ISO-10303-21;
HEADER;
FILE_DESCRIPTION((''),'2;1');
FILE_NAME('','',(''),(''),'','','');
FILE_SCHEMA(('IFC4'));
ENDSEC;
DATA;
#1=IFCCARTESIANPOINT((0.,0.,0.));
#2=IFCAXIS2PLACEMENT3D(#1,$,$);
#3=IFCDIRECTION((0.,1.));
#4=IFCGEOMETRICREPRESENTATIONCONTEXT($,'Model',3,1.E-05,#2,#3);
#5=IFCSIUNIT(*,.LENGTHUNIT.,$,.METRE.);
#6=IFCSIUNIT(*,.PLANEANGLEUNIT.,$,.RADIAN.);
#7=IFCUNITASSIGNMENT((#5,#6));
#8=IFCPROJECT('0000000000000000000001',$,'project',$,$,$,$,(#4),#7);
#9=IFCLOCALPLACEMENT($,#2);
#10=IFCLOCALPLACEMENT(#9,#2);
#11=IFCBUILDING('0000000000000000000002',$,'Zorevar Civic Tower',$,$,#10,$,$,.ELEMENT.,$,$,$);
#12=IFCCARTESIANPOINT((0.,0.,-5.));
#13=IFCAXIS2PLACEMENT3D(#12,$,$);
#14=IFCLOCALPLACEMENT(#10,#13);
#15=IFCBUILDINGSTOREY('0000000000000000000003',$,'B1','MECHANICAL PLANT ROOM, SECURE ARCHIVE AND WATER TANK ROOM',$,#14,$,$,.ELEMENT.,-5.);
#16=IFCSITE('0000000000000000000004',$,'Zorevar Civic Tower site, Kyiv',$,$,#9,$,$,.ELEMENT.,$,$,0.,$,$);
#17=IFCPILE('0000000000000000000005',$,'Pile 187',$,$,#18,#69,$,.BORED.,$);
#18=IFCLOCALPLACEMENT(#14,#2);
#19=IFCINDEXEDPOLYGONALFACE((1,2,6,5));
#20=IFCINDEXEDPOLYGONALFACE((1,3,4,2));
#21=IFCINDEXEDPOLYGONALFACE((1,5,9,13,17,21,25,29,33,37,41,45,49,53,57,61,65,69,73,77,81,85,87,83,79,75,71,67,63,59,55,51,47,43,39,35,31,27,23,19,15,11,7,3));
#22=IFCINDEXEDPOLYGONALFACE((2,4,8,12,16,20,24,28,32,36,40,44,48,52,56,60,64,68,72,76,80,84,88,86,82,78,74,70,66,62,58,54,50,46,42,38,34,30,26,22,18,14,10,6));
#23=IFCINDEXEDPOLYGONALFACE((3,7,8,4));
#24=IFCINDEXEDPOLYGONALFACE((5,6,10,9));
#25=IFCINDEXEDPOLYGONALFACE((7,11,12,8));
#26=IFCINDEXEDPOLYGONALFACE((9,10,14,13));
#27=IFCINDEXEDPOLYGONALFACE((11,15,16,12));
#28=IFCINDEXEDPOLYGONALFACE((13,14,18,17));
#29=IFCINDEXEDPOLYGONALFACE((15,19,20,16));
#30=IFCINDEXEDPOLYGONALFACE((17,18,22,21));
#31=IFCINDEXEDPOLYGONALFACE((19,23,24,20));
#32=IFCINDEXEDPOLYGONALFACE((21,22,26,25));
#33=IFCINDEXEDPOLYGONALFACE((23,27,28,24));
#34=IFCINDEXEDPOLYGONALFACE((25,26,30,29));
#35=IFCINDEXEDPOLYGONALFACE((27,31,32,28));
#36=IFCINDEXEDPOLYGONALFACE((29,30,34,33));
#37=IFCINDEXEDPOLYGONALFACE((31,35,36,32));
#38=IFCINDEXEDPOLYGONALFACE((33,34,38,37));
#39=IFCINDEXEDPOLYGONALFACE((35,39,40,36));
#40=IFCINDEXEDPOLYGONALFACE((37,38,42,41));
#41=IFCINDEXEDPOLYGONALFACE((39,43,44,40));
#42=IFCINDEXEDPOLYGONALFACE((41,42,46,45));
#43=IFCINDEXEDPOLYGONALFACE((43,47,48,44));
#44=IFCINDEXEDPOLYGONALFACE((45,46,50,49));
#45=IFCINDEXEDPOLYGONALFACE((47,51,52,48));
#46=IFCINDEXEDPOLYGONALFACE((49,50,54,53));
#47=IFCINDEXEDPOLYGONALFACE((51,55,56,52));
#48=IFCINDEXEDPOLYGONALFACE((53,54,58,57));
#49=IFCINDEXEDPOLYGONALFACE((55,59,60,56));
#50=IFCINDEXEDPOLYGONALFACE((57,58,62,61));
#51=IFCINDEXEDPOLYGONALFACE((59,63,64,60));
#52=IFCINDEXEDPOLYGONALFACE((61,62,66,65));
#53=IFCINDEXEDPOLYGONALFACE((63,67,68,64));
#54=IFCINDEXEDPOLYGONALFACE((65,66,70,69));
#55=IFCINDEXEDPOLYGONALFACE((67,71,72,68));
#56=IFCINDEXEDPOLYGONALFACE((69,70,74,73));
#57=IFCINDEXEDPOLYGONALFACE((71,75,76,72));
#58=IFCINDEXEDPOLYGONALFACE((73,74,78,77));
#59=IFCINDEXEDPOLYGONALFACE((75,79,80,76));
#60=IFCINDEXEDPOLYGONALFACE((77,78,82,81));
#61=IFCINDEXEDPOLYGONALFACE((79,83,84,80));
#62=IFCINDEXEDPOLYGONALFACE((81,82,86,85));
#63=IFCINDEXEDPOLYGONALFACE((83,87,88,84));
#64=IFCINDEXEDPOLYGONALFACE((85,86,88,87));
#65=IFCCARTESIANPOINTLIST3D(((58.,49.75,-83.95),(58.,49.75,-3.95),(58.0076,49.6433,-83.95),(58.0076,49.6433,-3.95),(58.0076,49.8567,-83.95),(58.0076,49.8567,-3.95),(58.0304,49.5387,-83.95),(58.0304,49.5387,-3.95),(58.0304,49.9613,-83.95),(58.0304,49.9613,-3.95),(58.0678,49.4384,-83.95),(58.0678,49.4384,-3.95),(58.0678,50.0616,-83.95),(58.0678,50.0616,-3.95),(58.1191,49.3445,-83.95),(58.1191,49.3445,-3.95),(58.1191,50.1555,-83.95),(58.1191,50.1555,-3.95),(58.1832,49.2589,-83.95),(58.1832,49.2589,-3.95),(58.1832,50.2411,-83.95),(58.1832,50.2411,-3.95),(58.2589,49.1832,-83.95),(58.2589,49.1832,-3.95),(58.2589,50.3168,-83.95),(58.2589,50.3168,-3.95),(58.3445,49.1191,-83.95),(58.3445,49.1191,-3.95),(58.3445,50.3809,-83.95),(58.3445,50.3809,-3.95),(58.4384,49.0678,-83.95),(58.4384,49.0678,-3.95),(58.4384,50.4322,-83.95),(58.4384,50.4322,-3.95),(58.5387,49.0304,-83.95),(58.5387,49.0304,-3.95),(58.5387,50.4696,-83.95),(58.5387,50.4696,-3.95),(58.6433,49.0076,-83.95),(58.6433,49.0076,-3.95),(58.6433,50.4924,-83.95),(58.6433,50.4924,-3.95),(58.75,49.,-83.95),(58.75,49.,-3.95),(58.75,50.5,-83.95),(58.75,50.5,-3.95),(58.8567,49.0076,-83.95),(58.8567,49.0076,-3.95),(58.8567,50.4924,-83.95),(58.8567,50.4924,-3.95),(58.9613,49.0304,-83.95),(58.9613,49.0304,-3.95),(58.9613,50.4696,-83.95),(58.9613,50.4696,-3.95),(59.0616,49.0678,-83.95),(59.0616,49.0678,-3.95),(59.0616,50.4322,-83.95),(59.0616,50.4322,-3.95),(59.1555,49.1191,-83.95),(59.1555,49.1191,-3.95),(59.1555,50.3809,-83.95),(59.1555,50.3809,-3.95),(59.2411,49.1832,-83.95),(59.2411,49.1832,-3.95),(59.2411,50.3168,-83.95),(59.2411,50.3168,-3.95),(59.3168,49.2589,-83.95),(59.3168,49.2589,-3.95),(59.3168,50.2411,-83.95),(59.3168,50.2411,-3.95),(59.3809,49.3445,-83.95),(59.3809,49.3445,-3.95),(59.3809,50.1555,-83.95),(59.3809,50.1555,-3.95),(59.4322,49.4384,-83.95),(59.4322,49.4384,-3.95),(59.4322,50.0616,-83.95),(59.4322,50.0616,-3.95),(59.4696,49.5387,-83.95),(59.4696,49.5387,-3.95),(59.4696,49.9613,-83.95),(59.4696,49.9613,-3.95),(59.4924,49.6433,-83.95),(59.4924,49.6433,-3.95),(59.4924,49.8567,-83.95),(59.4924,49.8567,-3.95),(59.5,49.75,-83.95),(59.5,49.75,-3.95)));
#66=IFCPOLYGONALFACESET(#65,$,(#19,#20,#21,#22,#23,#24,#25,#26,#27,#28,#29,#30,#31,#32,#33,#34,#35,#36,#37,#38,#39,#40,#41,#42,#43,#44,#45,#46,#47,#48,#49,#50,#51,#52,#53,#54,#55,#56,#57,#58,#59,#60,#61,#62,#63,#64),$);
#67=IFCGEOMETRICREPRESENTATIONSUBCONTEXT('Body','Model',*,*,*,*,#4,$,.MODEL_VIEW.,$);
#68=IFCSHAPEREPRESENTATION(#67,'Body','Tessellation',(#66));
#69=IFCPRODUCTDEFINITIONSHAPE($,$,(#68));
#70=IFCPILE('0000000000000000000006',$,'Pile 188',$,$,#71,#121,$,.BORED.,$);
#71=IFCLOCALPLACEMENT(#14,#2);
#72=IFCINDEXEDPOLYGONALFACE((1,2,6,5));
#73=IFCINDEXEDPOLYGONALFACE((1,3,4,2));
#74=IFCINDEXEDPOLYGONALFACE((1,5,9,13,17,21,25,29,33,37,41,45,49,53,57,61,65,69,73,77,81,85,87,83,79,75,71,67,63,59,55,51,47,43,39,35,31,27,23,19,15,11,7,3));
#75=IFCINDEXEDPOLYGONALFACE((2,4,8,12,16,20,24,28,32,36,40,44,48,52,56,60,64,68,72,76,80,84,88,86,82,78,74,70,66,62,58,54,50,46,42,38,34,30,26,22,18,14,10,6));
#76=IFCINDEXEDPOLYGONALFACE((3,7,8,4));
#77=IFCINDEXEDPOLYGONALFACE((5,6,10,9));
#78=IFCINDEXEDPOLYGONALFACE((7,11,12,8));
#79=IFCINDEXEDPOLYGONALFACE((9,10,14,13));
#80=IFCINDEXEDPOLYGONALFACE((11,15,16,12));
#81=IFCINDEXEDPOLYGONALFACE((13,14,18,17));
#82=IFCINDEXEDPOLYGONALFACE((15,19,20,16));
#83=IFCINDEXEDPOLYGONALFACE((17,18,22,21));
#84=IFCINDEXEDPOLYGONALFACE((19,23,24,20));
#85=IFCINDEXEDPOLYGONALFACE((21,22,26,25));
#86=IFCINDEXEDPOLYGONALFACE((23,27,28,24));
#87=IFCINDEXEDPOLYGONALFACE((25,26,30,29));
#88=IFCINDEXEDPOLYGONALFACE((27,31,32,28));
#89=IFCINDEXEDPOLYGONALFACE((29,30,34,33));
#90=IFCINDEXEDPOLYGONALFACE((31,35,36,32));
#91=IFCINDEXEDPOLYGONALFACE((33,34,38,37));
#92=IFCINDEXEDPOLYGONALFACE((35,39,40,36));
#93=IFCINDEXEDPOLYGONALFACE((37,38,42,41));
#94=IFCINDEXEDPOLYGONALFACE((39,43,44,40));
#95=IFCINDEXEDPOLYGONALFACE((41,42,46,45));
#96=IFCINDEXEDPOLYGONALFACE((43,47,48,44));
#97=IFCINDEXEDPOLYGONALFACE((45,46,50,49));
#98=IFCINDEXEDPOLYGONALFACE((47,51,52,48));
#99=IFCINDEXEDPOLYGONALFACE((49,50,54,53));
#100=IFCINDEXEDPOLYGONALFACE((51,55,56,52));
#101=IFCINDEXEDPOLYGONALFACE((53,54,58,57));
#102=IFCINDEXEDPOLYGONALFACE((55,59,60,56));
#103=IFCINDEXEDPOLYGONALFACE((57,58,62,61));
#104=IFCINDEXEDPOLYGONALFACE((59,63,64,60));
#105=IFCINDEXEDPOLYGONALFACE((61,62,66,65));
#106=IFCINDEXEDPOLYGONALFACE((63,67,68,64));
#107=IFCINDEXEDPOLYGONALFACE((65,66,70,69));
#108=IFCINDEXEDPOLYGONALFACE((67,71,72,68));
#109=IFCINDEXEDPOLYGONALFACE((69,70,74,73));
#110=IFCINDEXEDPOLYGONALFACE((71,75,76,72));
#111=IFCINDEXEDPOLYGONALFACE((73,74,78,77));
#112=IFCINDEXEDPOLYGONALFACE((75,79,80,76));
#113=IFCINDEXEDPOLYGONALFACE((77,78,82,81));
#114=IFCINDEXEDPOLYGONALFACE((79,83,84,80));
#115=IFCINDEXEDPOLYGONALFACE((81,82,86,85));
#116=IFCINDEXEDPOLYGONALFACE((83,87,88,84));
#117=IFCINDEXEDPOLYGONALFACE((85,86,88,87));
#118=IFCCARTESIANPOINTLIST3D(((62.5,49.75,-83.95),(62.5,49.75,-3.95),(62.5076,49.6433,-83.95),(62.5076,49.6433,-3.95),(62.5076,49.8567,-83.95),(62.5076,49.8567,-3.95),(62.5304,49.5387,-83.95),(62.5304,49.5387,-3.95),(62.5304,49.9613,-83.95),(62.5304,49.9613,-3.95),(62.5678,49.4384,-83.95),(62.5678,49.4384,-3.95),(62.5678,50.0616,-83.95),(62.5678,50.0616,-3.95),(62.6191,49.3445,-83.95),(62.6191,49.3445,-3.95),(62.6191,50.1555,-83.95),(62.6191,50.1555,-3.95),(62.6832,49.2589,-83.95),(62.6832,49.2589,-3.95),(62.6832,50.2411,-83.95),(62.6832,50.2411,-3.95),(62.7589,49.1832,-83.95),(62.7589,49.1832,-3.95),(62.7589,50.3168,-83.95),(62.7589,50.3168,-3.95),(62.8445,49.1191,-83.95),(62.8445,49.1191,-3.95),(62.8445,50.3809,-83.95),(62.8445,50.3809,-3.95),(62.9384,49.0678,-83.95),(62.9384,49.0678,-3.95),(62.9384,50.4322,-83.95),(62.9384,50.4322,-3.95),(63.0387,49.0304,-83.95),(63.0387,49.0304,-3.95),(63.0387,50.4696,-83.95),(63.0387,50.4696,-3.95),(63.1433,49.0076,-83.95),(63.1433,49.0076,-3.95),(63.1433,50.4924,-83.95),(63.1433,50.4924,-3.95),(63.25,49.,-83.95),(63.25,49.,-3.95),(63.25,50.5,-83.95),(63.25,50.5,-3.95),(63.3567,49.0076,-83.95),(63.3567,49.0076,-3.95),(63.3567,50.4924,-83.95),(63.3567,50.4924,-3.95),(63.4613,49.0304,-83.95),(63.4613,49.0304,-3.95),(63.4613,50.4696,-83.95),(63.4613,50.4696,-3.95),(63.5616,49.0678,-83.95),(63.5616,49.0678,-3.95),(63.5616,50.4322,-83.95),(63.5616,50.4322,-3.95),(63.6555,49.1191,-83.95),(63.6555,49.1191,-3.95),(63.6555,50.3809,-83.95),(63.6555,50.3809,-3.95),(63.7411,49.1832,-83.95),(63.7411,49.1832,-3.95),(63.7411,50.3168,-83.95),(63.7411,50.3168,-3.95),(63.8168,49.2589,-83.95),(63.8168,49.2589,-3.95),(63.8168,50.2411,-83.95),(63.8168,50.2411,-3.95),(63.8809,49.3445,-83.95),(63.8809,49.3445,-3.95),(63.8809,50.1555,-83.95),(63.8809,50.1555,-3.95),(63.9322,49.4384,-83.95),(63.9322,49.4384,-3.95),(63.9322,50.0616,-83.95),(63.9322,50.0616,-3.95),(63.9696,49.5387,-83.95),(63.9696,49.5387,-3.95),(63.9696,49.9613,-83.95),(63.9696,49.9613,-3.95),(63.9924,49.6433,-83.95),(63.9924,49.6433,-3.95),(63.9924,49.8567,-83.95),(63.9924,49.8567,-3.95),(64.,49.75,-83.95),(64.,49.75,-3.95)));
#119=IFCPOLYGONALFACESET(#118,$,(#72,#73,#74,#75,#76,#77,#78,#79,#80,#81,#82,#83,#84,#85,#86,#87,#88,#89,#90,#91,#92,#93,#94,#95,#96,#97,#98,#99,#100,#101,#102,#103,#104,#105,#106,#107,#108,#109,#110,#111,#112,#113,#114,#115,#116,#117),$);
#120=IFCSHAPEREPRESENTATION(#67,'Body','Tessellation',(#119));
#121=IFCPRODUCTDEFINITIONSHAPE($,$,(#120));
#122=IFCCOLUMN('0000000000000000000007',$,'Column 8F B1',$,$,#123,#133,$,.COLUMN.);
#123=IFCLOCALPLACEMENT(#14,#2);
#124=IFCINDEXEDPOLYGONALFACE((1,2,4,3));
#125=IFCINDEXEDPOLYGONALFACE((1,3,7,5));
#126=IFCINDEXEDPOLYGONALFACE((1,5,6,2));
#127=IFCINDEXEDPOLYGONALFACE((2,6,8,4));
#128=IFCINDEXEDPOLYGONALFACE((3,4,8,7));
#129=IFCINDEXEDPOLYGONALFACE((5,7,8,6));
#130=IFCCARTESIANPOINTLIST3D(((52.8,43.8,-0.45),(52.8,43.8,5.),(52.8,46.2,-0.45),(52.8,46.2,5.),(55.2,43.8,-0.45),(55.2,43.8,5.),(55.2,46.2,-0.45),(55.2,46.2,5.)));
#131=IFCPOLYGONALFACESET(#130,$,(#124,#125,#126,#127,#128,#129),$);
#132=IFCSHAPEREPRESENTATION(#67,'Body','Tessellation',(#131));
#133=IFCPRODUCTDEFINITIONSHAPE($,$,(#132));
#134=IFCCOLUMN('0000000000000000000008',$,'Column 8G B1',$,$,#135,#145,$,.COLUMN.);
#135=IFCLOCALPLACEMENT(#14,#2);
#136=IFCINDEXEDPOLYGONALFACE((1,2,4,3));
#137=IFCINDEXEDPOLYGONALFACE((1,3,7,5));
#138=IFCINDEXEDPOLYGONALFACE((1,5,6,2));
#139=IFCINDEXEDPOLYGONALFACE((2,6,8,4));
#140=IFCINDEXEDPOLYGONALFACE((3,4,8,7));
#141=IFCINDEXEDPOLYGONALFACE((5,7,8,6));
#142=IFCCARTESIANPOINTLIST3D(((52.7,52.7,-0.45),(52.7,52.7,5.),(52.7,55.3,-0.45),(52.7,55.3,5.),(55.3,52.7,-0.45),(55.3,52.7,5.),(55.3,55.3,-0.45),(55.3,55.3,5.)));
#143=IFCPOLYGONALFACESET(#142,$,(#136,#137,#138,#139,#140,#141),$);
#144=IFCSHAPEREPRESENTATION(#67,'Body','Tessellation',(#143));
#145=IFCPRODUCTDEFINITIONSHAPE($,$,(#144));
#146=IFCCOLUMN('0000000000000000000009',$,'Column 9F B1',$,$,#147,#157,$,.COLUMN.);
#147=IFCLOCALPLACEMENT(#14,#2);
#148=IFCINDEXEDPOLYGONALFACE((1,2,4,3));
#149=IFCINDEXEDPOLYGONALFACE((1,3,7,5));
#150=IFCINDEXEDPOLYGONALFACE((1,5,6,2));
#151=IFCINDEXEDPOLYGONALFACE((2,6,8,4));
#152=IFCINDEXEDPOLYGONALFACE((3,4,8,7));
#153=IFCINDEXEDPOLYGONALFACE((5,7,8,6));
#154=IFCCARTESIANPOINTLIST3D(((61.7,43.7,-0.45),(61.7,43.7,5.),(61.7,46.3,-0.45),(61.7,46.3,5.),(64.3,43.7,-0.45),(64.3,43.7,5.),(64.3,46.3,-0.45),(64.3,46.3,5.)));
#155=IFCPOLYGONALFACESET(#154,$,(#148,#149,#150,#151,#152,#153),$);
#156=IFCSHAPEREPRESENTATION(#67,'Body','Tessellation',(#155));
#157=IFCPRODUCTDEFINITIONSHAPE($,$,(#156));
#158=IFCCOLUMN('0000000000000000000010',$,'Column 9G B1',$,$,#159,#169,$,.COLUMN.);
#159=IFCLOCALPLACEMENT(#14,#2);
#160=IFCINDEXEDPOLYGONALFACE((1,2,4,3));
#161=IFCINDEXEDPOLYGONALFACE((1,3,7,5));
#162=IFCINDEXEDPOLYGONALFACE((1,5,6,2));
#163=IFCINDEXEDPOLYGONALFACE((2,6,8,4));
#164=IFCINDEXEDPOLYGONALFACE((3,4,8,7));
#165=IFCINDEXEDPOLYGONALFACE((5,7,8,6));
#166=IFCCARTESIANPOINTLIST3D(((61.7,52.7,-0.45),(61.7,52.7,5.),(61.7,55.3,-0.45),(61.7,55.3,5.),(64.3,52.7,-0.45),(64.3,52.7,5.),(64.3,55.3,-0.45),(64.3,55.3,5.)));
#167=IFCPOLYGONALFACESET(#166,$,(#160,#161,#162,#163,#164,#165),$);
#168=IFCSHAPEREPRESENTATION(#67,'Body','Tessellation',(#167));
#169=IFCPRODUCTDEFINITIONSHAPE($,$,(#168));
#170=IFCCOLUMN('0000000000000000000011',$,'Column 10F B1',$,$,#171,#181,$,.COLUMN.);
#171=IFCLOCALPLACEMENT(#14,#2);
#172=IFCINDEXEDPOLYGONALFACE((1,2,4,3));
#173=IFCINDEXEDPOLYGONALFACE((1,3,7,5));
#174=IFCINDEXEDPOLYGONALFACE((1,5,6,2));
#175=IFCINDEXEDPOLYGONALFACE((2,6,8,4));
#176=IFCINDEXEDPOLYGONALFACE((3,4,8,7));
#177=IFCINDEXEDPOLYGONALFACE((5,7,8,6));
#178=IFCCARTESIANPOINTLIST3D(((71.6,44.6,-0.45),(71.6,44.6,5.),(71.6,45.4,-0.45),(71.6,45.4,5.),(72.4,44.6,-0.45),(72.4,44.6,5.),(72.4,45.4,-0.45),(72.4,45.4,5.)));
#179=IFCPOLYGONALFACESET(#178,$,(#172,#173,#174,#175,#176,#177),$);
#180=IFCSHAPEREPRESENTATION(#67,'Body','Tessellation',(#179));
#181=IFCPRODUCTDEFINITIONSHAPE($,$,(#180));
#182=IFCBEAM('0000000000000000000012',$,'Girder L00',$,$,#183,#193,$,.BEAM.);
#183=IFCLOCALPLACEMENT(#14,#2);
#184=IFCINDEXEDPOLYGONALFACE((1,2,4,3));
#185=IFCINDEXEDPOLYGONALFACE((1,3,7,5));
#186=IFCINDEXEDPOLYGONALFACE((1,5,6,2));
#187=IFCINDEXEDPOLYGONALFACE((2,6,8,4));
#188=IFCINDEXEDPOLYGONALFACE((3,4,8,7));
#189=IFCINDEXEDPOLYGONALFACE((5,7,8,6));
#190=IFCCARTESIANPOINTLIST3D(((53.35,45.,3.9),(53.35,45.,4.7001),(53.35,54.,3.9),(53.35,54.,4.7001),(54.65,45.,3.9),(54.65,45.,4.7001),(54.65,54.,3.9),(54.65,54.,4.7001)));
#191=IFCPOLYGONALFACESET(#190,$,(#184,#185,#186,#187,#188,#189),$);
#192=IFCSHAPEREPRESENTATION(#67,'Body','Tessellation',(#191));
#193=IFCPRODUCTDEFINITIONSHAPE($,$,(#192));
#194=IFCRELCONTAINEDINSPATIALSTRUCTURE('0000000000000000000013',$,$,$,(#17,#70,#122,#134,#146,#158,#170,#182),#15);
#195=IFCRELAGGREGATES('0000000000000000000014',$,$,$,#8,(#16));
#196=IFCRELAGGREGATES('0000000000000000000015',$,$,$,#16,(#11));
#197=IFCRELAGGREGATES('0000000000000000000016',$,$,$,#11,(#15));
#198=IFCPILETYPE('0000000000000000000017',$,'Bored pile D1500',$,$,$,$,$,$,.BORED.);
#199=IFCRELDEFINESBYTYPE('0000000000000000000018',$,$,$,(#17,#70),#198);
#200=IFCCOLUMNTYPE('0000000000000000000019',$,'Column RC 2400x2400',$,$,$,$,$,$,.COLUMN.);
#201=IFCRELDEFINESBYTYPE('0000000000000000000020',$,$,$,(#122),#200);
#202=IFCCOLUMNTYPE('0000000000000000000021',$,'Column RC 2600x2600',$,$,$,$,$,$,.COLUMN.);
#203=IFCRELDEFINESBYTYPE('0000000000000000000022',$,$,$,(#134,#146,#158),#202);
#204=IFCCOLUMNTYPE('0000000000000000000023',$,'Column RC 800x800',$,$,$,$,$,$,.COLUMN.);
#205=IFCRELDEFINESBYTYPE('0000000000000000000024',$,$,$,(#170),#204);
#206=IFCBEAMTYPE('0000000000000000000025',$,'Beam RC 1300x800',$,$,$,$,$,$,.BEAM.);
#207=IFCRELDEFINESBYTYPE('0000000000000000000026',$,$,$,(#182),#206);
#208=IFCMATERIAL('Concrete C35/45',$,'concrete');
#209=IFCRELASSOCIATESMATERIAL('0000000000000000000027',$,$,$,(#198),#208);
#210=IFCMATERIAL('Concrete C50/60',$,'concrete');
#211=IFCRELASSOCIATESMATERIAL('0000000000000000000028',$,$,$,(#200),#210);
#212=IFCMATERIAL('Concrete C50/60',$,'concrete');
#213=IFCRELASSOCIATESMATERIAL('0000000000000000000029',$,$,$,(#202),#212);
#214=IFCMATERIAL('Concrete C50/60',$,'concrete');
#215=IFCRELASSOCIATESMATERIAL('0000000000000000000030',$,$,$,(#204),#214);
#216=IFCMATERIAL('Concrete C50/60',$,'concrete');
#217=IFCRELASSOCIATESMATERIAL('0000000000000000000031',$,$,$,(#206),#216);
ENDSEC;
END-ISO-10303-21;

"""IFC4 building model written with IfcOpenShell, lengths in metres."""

from ifc_helpers import new_model, si_unit, direction, frame, origin, origin_2d, place, context, subcontext, project, spatial, rectangle, circle, extrude, material, material_profile, profile_set, type_object, element, save


model = new_model("IFC4")

# Units and contexts
model_context = context("Model", 3, precision=1e-05, world=origin(), true_north=direction((0.0, 1.0)))
body_context = subcontext(model_context, "Body", "Model", "MODEL_VIEW")
ifc_project = project(units=[si_unit("LENGTHUNIT", "METRE"), si_unit("PLANEANGLEUNIT", "RADIAN")], contexts=[model_context])

# Site, building, storey
site_placement = place(None, origin())
site = spatial("IfcSite", under=ifc_project, at=site_placement, Name="Zorevar Civic Tower site, Kyiv", CompositionType="ELEMENT", RefElevation=0.0)
building_placement = place(site_placement, origin())
building = spatial("IfcBuilding", under=site, at=building_placement, Name="Zorevar Civic Tower", CompositionType="ELEMENT")
storey_placement = place(building_placement, frame((0.0, 0.0, -5.0)))
storey = spatial("IfcBuildingStorey", under=building, at=storey_placement, Name="B1", Description="MECHANICAL PLANT ROOM, SECURE ARCHIVE AND WATER TANK ROOM", CompositionType="ELEMENT", Elevation=-5.0)

# Piles
ifc_material_1 = material(Name="Concrete C35/45", Category="concrete")
pile_type_1 = type_object("IfcPileType", Name="Bored pile D1500", PredefinedType="BORED", material=ifc_material_1)
for number, where, z_axis, x_axis, name in (
    (1, (58.75, 49.75, -3.95), (0.0, 0.0, -1.0), (1.0, 0.0, 0.0), "Pile 187"),
    (2, (63.25, 49.75, -3.95), (0.0, 0.0, -1.0), (1.0, 0.0, 0.0), "Pile 188"),
):
    element("IfcPile", number, at=place(storey_placement, frame(where, z_axis=z_axis, x_axis=x_axis)), inside=storey, type_object=pile_type_1, Name=name, PredefinedType="BORED", context=body_context, shape_type="SweptSolid", body=[
        extrude(circle(Radius=0.75, at=origin_2d()), origin(), (0.0, 0.0, 1.0), 80.0),
    ])

# Columns
ifc_material_2 = material(Name="Concrete C50/60", Category="concrete")
ifc_material_profile_1 = material_profile(ifc_material_2, rectangle(XDim=2.3999, YDim=2.3999, at=origin_2d()), Name="RC 2400x2400")
ifc_profile_set_1 = profile_set([ifc_material_profile_1], Name="Concrete C50/60")
column_type_1 = type_object("IfcColumnType", Name="Column RC 2400x2400", PredefinedType="COLUMN", material=ifc_profile_set_1)
column_1_placement = place(storey_placement, frame((54.0, 45.0, -0.45), z_axis=(0.0, 0.0, 1.0), x_axis=(1.0, 0.0, 0.0)))
element("IfcColumn", 3, at=column_1_placement, inside=storey, type_object=column_type_1, Name="Column 8F B1", PredefinedType="COLUMN", context=body_context, shape_type="SweptSolid", body=[
    extrude(rectangle(XDim=2.3999, YDim=2.3999, at=origin_2d()), origin(), (0.0, 0.0, 1.0), 5.45),
])
ifc_material_3 = material(Name="Concrete C50/60", Category="concrete")
ifc_material_profile_2 = material_profile(ifc_material_3, rectangle(XDim=2.6001, YDim=2.6001, at=origin_2d()), Name="RC 2600x2600")
ifc_profile_set_2 = profile_set([ifc_material_profile_2], Name="Concrete C50/60")
column_type_2 = type_object("IfcColumnType", Name="Column RC 2600x2600", PredefinedType="COLUMN", material=ifc_profile_set_2)
for number, where, z_axis, x_axis, name in (
    (4, (54.0, 54.0, -0.45), (0.0, 0.0, 1.0), (1.0, 0.0, 0.0), "Column 8G B1"),
    (5, (63.0, 45.0, -0.45), (0.0, 0.0, 1.0), (1.0, 0.0, 0.0), "Column 9F B1"),
    (6, (63.0, 54.0, -0.45), (0.0, 0.0, 1.0), (1.0, 0.0, 0.0), "Column 9G B1"),
):
    element("IfcColumn", number, at=place(storey_placement, frame(where, z_axis=z_axis, x_axis=x_axis)), inside=storey, type_object=column_type_2, Name=name, PredefinedType="COLUMN", context=body_context, shape_type="SweptSolid", body=[
        extrude(rectangle(XDim=2.6001, YDim=2.6001, at=origin_2d()), origin(), (0.0, 0.0, 1.0), 5.45),
    ])
ifc_material_4 = material(Name="Concrete C50/60", Category="concrete")
ifc_material_profile_3 = material_profile(ifc_material_4, rectangle(XDim=0.8, YDim=0.8, at=origin_2d()), Name="RC 800x800")
ifc_profile_set_3 = profile_set([ifc_material_profile_3], Name="Concrete C50/60")
column_type_3 = type_object("IfcColumnType", Name="Column RC 800x800", PredefinedType="COLUMN", material=ifc_profile_set_3)
column_2_placement = place(storey_placement, frame((72.0, 45.0, -0.45), z_axis=(0.0, 0.0, 1.0), x_axis=(1.0, 0.0, 0.0)))
element("IfcColumn", 7, at=column_2_placement, inside=storey, type_object=column_type_3, Name="Column 10F B1", PredefinedType="COLUMN", context=body_context, shape_type="SweptSolid", body=[
    extrude(rectangle(XDim=0.8, YDim=0.8, at=origin_2d()), origin(), (0.0, 0.0, 1.0), 5.45),
])

# Beam
ifc_material_5 = material(Name="Concrete C50/60", Category="concrete")
ifc_material_profile_4 = material_profile(ifc_material_5, rectangle(XDim=1.3, YDim=0.8, at=origin_2d()), Name="RC 1300x800")
ifc_profile_set_4 = profile_set([ifc_material_profile_4], Name="Concrete C50/60")
beam_type_1 = type_object("IfcBeamType", Name="Beam RC 1300x800", PredefinedType="BEAM", material=ifc_profile_set_4)
for number, where, z_axis, x_axis, name in (
    (8, (54.0, 45.0, 4.3), (0.0, 1.0, 0.0), (-1.0, 0.0, 0.0), "Girder L00"),
):
    element("IfcBeam", number, at=place(storey_placement, frame(where, z_axis=z_axis, x_axis=x_axis)), inside=storey, type_object=beam_type_1, Name=name, PredefinedType="BEAM", context=body_context, shape_type="SweptSolid", body=[
        extrude(rectangle(XDim=1.3, YDim=0.8, at=origin_2d()), origin(), (0.0, 0.0, 1.0), 9.0),
    ])

save(model, "model.ifc")
